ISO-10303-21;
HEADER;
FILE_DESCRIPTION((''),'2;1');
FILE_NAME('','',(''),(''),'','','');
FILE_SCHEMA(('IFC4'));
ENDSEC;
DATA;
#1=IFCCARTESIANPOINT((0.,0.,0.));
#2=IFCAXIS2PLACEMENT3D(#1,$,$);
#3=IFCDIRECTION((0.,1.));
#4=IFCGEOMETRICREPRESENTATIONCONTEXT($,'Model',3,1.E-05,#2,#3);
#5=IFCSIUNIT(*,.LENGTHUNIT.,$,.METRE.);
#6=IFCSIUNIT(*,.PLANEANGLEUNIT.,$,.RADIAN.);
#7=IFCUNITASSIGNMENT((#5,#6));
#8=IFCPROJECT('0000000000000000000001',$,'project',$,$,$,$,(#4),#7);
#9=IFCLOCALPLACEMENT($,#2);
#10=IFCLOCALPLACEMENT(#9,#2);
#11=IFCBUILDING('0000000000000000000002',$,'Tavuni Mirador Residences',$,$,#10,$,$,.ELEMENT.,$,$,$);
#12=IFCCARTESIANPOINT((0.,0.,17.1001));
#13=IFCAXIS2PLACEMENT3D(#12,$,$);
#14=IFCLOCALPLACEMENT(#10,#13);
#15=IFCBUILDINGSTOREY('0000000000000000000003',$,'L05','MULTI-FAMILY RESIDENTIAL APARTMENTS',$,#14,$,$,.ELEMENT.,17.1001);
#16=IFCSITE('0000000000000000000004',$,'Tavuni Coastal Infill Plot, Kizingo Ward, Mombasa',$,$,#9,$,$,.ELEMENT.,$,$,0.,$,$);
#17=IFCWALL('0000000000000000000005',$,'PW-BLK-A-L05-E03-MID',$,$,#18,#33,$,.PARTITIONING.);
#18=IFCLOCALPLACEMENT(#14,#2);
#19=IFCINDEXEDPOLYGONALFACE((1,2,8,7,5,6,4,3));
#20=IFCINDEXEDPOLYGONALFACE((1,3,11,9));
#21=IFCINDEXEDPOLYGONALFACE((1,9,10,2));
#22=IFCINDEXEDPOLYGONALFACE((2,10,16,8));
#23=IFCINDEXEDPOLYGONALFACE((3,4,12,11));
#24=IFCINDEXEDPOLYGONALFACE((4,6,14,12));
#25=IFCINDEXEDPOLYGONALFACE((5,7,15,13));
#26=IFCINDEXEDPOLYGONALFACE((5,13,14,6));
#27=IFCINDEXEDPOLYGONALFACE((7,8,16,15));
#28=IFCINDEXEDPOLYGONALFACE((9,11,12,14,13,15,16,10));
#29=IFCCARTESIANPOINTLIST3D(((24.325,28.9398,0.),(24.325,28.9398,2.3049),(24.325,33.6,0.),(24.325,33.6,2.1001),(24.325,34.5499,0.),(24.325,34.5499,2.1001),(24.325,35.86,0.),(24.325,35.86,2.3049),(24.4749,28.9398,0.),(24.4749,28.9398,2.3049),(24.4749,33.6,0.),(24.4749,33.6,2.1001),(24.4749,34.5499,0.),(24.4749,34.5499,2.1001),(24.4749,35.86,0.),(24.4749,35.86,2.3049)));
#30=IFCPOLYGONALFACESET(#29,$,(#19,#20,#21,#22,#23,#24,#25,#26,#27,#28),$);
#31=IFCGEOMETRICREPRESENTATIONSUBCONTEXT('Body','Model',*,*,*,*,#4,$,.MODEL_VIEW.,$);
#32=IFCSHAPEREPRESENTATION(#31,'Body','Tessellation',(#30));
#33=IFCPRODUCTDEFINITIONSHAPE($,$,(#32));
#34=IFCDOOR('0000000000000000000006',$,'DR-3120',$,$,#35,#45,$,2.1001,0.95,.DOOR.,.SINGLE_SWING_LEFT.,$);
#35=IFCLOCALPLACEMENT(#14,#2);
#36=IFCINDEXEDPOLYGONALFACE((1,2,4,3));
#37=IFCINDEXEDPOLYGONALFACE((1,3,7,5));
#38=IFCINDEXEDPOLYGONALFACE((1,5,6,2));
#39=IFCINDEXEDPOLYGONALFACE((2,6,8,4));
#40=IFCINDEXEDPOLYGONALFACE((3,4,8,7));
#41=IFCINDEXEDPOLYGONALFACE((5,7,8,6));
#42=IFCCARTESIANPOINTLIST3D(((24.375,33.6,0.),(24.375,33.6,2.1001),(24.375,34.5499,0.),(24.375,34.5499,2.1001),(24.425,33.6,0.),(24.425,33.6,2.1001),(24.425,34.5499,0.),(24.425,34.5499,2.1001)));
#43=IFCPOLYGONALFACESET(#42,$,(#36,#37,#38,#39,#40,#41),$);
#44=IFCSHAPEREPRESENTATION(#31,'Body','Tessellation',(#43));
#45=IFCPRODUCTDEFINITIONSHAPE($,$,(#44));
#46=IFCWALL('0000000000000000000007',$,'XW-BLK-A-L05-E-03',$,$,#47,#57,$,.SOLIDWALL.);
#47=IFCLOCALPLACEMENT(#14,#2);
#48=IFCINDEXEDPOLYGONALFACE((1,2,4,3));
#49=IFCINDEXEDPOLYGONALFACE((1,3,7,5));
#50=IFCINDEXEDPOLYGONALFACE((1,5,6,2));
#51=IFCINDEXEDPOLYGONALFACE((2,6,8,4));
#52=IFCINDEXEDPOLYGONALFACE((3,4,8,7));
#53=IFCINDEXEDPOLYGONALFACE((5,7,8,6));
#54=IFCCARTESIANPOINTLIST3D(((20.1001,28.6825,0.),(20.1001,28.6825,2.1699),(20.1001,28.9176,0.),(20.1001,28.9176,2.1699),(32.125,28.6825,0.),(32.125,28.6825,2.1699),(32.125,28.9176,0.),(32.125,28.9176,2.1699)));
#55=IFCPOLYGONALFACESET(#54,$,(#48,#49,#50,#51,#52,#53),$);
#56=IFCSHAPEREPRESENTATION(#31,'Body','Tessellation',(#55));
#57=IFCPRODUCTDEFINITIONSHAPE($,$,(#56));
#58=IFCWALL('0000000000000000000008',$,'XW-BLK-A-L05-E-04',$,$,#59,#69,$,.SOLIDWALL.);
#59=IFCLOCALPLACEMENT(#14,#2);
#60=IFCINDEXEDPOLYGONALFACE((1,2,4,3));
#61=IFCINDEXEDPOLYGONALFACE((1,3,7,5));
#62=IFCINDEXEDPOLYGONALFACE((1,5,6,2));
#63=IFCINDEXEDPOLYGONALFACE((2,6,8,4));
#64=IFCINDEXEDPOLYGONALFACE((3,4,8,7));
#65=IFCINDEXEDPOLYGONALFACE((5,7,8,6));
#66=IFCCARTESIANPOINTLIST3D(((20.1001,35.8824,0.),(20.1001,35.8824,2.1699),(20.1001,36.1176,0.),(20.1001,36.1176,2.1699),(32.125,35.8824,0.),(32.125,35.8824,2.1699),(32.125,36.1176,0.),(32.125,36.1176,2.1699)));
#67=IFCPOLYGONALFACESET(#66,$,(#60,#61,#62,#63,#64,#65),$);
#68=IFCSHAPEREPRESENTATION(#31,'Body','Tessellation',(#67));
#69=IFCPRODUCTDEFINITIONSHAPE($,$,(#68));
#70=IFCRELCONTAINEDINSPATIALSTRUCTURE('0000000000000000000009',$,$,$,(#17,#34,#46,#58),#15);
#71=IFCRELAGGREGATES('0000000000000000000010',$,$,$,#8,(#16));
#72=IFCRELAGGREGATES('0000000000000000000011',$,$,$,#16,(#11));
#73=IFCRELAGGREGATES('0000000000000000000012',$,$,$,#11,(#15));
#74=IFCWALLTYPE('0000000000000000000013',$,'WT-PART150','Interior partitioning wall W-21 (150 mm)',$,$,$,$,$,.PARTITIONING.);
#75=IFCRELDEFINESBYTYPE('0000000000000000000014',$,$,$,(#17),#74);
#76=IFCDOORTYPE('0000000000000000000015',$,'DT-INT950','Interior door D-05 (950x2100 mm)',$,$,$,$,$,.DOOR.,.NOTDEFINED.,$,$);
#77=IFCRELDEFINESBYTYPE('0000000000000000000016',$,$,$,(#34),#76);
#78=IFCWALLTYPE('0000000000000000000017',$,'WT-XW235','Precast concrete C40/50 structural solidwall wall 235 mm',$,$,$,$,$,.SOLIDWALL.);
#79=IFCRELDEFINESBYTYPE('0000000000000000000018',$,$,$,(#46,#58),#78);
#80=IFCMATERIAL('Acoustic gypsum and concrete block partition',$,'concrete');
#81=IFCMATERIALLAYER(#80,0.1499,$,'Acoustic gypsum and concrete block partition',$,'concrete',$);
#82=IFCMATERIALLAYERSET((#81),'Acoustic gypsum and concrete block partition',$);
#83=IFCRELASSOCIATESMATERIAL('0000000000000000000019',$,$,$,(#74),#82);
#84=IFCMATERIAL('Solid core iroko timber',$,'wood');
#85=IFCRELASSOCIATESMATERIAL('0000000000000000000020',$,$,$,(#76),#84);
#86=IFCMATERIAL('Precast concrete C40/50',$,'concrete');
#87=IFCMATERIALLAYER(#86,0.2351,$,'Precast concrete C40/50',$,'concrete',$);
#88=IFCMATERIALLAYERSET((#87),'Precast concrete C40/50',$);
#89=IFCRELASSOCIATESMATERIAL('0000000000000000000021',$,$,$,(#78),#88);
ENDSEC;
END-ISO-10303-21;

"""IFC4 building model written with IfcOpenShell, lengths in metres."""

from ifc_helpers import new_model, si_unit, direction, frame, frame_2d, origin, place, context, subcontext, project, spatial, rectangle, extrude, material, layer, layer_set, type_object, element, fill, save


model = new_model("IFC4")

# Units and contexts
model_context = context("Model", 3, precision=1e-05, world=origin(), true_north=direction((0.0, 1.0)))
body_context = subcontext(model_context, "Body", "Model", "MODEL_VIEW")
ifc_project = project(units=[si_unit("LENGTHUNIT", "METRE"), si_unit("PLANEANGLEUNIT", "RADIAN")], contexts=[model_context])

# Site, building, storey
site_placement = place(None, origin())
site = spatial("IfcSite", under=ifc_project, at=site_placement, Name="Tavuni Coastal Infill Plot, Kizingo Ward, Mombasa", CompositionType="ELEMENT", RefElevation=0.0)
building_placement = place(site_placement, origin())
building = spatial("IfcBuilding", under=site, at=building_placement, Name="Tavuni Mirador Residences", CompositionType="ELEMENT")
storey_placement = place(building_placement, frame((0.0, 0.0, 17.1001)))
storey = spatial("IfcBuildingStorey", under=building, at=storey_placement, Name="L05", Description="MULTI-FAMILY RESIDENTIAL APARTMENTS", CompositionType="ELEMENT", Elevation=17.1001)

# Shared definitions
ifc_material_1 = material(Name="Precast concrete C40/50", Category="concrete")

# Wall, opening, door
ifc_material_2 = material(Name="Solid core iroko timber", Category="wood")
ifc_material_3 = material(Name="Acoustic gypsum and concrete block partition", Category="concrete")
ifc_layer_1 = layer(ifc_material_3, 0.1499, Name="Acoustic gypsum and concrete block partition", Category="concrete")
ifc_layer_set_1 = layer_set([ifc_layer_1], Name="Acoustic gypsum and concrete block partition")
wall_type_1 = type_object("IfcWallType", Name="WT-PART150", Description="Interior partitioning wall W-21 (150 mm)", PredefinedType="PARTITIONING", material=ifc_layer_set_1)
wall_1_placement = place(storey_placement, frame((24.3999, 28.9399, 0.0), z_axis=(0.0, 0.0, 1.0), x_axis=(0.0, 1.0, 0.0)))
wall_1 = element("IfcWall", 1, at=wall_1_placement, inside=storey, type_object=wall_type_1, Name="PW-BLK-A-L05-E03-MID", PredefinedType="PARTITIONING", context=body_context, shape_type="SweptSolid", body=[
    extrude(rectangle(XDim=6.9202, YDim=0.1499, at=frame_2d((3.46, 0.0))), origin(), (0.0, 0.0, 1.0), 2.3049),
])
opening_1_placement = place(wall_1_placement, frame((4.6599, 0.0, 0.0)))
opening_1 = element("IfcOpeningElement", 2, at=opening_1_placement, cuts=wall_1, PredefinedType="OPENING", context=body_context, shape_type="SweptSolid", body=[
    extrude(rectangle(XDim=0.95, YDim=2.1001, at=frame_2d((0.4751, 1.05))), frame((0.0, 0.085, 0.0), z_axis=(0.0, -1.0, 0.0), x_axis=(1.0, 0.0, 0.0)), (0.0, 0.0, 1.0), 0.1699),
])
door_type_1 = type_object("IfcDoorType", Name="DT-INT950", Description="Interior door D-05 (950x2100 mm)", OperationType="NOTDEFINED", PredefinedType="DOOR", material=ifc_material_2)
door_1_placement = place(opening_1_placement, origin())
door_1 = element("IfcDoor", 3, at=door_1_placement, inside=storey, type_object=door_type_1, Name="DR-3120", OperationType="SINGLE_SWING_LEFT", OverallHeight=2.1001, OverallWidth=0.95, PredefinedType="DOOR", context=body_context, shape_type="SweptSolid", body=[
    extrude(rectangle(XDim=0.95, YDim=2.1001, at=frame_2d((0.4751, 1.05))), frame((0.0, 0.0249, 0.0), z_axis=(0.0, -1.0, 0.0), x_axis=(1.0, 0.0, 0.0)), (0.0, 0.0, 1.0), 0.05),
])
fill(opening_1, door_1)

# Walls
ifc_layer_2 = layer(ifc_material_1, 0.2351, Name="Precast concrete C40/50", Category="concrete")
ifc_layer_set_2 = layer_set([ifc_layer_2], Name="Precast concrete C40/50")
wall_type_2 = type_object("IfcWallType", Name="WT-XW235", Description="Precast concrete C40/50 structural solidwall wall 235 mm", PredefinedType="SOLIDWALL", material=ifc_layer_set_2)
for number, where, z_axis, x_axis, name in (
    (4, (20.1001, 28.8, 0.0), (0.0, 0.0, 1.0), (1.0, 0.0, 0.0), "XW-BLK-A-L05-E-03"),
    (5, (20.1001, 36.0, 0.0), (0.0, 0.0, 1.0), (1.0, 0.0, 0.0), "XW-BLK-A-L05-E-04"),
):
    element("IfcWall", number, at=place(storey_placement, frame(where, z_axis=z_axis, x_axis=x_axis)), inside=storey, type_object=wall_type_2, Name=name, PredefinedType="SOLIDWALL", context=body_context, shape_type="SweptSolid", body=[
        extrude(rectangle(XDim=12.0249, YDim=0.2351, at=frame_2d((6.0125, 0.0))), origin(), (0.0, 0.0, 1.0), 2.1699),
    ])

save(model, "model.ifc")
